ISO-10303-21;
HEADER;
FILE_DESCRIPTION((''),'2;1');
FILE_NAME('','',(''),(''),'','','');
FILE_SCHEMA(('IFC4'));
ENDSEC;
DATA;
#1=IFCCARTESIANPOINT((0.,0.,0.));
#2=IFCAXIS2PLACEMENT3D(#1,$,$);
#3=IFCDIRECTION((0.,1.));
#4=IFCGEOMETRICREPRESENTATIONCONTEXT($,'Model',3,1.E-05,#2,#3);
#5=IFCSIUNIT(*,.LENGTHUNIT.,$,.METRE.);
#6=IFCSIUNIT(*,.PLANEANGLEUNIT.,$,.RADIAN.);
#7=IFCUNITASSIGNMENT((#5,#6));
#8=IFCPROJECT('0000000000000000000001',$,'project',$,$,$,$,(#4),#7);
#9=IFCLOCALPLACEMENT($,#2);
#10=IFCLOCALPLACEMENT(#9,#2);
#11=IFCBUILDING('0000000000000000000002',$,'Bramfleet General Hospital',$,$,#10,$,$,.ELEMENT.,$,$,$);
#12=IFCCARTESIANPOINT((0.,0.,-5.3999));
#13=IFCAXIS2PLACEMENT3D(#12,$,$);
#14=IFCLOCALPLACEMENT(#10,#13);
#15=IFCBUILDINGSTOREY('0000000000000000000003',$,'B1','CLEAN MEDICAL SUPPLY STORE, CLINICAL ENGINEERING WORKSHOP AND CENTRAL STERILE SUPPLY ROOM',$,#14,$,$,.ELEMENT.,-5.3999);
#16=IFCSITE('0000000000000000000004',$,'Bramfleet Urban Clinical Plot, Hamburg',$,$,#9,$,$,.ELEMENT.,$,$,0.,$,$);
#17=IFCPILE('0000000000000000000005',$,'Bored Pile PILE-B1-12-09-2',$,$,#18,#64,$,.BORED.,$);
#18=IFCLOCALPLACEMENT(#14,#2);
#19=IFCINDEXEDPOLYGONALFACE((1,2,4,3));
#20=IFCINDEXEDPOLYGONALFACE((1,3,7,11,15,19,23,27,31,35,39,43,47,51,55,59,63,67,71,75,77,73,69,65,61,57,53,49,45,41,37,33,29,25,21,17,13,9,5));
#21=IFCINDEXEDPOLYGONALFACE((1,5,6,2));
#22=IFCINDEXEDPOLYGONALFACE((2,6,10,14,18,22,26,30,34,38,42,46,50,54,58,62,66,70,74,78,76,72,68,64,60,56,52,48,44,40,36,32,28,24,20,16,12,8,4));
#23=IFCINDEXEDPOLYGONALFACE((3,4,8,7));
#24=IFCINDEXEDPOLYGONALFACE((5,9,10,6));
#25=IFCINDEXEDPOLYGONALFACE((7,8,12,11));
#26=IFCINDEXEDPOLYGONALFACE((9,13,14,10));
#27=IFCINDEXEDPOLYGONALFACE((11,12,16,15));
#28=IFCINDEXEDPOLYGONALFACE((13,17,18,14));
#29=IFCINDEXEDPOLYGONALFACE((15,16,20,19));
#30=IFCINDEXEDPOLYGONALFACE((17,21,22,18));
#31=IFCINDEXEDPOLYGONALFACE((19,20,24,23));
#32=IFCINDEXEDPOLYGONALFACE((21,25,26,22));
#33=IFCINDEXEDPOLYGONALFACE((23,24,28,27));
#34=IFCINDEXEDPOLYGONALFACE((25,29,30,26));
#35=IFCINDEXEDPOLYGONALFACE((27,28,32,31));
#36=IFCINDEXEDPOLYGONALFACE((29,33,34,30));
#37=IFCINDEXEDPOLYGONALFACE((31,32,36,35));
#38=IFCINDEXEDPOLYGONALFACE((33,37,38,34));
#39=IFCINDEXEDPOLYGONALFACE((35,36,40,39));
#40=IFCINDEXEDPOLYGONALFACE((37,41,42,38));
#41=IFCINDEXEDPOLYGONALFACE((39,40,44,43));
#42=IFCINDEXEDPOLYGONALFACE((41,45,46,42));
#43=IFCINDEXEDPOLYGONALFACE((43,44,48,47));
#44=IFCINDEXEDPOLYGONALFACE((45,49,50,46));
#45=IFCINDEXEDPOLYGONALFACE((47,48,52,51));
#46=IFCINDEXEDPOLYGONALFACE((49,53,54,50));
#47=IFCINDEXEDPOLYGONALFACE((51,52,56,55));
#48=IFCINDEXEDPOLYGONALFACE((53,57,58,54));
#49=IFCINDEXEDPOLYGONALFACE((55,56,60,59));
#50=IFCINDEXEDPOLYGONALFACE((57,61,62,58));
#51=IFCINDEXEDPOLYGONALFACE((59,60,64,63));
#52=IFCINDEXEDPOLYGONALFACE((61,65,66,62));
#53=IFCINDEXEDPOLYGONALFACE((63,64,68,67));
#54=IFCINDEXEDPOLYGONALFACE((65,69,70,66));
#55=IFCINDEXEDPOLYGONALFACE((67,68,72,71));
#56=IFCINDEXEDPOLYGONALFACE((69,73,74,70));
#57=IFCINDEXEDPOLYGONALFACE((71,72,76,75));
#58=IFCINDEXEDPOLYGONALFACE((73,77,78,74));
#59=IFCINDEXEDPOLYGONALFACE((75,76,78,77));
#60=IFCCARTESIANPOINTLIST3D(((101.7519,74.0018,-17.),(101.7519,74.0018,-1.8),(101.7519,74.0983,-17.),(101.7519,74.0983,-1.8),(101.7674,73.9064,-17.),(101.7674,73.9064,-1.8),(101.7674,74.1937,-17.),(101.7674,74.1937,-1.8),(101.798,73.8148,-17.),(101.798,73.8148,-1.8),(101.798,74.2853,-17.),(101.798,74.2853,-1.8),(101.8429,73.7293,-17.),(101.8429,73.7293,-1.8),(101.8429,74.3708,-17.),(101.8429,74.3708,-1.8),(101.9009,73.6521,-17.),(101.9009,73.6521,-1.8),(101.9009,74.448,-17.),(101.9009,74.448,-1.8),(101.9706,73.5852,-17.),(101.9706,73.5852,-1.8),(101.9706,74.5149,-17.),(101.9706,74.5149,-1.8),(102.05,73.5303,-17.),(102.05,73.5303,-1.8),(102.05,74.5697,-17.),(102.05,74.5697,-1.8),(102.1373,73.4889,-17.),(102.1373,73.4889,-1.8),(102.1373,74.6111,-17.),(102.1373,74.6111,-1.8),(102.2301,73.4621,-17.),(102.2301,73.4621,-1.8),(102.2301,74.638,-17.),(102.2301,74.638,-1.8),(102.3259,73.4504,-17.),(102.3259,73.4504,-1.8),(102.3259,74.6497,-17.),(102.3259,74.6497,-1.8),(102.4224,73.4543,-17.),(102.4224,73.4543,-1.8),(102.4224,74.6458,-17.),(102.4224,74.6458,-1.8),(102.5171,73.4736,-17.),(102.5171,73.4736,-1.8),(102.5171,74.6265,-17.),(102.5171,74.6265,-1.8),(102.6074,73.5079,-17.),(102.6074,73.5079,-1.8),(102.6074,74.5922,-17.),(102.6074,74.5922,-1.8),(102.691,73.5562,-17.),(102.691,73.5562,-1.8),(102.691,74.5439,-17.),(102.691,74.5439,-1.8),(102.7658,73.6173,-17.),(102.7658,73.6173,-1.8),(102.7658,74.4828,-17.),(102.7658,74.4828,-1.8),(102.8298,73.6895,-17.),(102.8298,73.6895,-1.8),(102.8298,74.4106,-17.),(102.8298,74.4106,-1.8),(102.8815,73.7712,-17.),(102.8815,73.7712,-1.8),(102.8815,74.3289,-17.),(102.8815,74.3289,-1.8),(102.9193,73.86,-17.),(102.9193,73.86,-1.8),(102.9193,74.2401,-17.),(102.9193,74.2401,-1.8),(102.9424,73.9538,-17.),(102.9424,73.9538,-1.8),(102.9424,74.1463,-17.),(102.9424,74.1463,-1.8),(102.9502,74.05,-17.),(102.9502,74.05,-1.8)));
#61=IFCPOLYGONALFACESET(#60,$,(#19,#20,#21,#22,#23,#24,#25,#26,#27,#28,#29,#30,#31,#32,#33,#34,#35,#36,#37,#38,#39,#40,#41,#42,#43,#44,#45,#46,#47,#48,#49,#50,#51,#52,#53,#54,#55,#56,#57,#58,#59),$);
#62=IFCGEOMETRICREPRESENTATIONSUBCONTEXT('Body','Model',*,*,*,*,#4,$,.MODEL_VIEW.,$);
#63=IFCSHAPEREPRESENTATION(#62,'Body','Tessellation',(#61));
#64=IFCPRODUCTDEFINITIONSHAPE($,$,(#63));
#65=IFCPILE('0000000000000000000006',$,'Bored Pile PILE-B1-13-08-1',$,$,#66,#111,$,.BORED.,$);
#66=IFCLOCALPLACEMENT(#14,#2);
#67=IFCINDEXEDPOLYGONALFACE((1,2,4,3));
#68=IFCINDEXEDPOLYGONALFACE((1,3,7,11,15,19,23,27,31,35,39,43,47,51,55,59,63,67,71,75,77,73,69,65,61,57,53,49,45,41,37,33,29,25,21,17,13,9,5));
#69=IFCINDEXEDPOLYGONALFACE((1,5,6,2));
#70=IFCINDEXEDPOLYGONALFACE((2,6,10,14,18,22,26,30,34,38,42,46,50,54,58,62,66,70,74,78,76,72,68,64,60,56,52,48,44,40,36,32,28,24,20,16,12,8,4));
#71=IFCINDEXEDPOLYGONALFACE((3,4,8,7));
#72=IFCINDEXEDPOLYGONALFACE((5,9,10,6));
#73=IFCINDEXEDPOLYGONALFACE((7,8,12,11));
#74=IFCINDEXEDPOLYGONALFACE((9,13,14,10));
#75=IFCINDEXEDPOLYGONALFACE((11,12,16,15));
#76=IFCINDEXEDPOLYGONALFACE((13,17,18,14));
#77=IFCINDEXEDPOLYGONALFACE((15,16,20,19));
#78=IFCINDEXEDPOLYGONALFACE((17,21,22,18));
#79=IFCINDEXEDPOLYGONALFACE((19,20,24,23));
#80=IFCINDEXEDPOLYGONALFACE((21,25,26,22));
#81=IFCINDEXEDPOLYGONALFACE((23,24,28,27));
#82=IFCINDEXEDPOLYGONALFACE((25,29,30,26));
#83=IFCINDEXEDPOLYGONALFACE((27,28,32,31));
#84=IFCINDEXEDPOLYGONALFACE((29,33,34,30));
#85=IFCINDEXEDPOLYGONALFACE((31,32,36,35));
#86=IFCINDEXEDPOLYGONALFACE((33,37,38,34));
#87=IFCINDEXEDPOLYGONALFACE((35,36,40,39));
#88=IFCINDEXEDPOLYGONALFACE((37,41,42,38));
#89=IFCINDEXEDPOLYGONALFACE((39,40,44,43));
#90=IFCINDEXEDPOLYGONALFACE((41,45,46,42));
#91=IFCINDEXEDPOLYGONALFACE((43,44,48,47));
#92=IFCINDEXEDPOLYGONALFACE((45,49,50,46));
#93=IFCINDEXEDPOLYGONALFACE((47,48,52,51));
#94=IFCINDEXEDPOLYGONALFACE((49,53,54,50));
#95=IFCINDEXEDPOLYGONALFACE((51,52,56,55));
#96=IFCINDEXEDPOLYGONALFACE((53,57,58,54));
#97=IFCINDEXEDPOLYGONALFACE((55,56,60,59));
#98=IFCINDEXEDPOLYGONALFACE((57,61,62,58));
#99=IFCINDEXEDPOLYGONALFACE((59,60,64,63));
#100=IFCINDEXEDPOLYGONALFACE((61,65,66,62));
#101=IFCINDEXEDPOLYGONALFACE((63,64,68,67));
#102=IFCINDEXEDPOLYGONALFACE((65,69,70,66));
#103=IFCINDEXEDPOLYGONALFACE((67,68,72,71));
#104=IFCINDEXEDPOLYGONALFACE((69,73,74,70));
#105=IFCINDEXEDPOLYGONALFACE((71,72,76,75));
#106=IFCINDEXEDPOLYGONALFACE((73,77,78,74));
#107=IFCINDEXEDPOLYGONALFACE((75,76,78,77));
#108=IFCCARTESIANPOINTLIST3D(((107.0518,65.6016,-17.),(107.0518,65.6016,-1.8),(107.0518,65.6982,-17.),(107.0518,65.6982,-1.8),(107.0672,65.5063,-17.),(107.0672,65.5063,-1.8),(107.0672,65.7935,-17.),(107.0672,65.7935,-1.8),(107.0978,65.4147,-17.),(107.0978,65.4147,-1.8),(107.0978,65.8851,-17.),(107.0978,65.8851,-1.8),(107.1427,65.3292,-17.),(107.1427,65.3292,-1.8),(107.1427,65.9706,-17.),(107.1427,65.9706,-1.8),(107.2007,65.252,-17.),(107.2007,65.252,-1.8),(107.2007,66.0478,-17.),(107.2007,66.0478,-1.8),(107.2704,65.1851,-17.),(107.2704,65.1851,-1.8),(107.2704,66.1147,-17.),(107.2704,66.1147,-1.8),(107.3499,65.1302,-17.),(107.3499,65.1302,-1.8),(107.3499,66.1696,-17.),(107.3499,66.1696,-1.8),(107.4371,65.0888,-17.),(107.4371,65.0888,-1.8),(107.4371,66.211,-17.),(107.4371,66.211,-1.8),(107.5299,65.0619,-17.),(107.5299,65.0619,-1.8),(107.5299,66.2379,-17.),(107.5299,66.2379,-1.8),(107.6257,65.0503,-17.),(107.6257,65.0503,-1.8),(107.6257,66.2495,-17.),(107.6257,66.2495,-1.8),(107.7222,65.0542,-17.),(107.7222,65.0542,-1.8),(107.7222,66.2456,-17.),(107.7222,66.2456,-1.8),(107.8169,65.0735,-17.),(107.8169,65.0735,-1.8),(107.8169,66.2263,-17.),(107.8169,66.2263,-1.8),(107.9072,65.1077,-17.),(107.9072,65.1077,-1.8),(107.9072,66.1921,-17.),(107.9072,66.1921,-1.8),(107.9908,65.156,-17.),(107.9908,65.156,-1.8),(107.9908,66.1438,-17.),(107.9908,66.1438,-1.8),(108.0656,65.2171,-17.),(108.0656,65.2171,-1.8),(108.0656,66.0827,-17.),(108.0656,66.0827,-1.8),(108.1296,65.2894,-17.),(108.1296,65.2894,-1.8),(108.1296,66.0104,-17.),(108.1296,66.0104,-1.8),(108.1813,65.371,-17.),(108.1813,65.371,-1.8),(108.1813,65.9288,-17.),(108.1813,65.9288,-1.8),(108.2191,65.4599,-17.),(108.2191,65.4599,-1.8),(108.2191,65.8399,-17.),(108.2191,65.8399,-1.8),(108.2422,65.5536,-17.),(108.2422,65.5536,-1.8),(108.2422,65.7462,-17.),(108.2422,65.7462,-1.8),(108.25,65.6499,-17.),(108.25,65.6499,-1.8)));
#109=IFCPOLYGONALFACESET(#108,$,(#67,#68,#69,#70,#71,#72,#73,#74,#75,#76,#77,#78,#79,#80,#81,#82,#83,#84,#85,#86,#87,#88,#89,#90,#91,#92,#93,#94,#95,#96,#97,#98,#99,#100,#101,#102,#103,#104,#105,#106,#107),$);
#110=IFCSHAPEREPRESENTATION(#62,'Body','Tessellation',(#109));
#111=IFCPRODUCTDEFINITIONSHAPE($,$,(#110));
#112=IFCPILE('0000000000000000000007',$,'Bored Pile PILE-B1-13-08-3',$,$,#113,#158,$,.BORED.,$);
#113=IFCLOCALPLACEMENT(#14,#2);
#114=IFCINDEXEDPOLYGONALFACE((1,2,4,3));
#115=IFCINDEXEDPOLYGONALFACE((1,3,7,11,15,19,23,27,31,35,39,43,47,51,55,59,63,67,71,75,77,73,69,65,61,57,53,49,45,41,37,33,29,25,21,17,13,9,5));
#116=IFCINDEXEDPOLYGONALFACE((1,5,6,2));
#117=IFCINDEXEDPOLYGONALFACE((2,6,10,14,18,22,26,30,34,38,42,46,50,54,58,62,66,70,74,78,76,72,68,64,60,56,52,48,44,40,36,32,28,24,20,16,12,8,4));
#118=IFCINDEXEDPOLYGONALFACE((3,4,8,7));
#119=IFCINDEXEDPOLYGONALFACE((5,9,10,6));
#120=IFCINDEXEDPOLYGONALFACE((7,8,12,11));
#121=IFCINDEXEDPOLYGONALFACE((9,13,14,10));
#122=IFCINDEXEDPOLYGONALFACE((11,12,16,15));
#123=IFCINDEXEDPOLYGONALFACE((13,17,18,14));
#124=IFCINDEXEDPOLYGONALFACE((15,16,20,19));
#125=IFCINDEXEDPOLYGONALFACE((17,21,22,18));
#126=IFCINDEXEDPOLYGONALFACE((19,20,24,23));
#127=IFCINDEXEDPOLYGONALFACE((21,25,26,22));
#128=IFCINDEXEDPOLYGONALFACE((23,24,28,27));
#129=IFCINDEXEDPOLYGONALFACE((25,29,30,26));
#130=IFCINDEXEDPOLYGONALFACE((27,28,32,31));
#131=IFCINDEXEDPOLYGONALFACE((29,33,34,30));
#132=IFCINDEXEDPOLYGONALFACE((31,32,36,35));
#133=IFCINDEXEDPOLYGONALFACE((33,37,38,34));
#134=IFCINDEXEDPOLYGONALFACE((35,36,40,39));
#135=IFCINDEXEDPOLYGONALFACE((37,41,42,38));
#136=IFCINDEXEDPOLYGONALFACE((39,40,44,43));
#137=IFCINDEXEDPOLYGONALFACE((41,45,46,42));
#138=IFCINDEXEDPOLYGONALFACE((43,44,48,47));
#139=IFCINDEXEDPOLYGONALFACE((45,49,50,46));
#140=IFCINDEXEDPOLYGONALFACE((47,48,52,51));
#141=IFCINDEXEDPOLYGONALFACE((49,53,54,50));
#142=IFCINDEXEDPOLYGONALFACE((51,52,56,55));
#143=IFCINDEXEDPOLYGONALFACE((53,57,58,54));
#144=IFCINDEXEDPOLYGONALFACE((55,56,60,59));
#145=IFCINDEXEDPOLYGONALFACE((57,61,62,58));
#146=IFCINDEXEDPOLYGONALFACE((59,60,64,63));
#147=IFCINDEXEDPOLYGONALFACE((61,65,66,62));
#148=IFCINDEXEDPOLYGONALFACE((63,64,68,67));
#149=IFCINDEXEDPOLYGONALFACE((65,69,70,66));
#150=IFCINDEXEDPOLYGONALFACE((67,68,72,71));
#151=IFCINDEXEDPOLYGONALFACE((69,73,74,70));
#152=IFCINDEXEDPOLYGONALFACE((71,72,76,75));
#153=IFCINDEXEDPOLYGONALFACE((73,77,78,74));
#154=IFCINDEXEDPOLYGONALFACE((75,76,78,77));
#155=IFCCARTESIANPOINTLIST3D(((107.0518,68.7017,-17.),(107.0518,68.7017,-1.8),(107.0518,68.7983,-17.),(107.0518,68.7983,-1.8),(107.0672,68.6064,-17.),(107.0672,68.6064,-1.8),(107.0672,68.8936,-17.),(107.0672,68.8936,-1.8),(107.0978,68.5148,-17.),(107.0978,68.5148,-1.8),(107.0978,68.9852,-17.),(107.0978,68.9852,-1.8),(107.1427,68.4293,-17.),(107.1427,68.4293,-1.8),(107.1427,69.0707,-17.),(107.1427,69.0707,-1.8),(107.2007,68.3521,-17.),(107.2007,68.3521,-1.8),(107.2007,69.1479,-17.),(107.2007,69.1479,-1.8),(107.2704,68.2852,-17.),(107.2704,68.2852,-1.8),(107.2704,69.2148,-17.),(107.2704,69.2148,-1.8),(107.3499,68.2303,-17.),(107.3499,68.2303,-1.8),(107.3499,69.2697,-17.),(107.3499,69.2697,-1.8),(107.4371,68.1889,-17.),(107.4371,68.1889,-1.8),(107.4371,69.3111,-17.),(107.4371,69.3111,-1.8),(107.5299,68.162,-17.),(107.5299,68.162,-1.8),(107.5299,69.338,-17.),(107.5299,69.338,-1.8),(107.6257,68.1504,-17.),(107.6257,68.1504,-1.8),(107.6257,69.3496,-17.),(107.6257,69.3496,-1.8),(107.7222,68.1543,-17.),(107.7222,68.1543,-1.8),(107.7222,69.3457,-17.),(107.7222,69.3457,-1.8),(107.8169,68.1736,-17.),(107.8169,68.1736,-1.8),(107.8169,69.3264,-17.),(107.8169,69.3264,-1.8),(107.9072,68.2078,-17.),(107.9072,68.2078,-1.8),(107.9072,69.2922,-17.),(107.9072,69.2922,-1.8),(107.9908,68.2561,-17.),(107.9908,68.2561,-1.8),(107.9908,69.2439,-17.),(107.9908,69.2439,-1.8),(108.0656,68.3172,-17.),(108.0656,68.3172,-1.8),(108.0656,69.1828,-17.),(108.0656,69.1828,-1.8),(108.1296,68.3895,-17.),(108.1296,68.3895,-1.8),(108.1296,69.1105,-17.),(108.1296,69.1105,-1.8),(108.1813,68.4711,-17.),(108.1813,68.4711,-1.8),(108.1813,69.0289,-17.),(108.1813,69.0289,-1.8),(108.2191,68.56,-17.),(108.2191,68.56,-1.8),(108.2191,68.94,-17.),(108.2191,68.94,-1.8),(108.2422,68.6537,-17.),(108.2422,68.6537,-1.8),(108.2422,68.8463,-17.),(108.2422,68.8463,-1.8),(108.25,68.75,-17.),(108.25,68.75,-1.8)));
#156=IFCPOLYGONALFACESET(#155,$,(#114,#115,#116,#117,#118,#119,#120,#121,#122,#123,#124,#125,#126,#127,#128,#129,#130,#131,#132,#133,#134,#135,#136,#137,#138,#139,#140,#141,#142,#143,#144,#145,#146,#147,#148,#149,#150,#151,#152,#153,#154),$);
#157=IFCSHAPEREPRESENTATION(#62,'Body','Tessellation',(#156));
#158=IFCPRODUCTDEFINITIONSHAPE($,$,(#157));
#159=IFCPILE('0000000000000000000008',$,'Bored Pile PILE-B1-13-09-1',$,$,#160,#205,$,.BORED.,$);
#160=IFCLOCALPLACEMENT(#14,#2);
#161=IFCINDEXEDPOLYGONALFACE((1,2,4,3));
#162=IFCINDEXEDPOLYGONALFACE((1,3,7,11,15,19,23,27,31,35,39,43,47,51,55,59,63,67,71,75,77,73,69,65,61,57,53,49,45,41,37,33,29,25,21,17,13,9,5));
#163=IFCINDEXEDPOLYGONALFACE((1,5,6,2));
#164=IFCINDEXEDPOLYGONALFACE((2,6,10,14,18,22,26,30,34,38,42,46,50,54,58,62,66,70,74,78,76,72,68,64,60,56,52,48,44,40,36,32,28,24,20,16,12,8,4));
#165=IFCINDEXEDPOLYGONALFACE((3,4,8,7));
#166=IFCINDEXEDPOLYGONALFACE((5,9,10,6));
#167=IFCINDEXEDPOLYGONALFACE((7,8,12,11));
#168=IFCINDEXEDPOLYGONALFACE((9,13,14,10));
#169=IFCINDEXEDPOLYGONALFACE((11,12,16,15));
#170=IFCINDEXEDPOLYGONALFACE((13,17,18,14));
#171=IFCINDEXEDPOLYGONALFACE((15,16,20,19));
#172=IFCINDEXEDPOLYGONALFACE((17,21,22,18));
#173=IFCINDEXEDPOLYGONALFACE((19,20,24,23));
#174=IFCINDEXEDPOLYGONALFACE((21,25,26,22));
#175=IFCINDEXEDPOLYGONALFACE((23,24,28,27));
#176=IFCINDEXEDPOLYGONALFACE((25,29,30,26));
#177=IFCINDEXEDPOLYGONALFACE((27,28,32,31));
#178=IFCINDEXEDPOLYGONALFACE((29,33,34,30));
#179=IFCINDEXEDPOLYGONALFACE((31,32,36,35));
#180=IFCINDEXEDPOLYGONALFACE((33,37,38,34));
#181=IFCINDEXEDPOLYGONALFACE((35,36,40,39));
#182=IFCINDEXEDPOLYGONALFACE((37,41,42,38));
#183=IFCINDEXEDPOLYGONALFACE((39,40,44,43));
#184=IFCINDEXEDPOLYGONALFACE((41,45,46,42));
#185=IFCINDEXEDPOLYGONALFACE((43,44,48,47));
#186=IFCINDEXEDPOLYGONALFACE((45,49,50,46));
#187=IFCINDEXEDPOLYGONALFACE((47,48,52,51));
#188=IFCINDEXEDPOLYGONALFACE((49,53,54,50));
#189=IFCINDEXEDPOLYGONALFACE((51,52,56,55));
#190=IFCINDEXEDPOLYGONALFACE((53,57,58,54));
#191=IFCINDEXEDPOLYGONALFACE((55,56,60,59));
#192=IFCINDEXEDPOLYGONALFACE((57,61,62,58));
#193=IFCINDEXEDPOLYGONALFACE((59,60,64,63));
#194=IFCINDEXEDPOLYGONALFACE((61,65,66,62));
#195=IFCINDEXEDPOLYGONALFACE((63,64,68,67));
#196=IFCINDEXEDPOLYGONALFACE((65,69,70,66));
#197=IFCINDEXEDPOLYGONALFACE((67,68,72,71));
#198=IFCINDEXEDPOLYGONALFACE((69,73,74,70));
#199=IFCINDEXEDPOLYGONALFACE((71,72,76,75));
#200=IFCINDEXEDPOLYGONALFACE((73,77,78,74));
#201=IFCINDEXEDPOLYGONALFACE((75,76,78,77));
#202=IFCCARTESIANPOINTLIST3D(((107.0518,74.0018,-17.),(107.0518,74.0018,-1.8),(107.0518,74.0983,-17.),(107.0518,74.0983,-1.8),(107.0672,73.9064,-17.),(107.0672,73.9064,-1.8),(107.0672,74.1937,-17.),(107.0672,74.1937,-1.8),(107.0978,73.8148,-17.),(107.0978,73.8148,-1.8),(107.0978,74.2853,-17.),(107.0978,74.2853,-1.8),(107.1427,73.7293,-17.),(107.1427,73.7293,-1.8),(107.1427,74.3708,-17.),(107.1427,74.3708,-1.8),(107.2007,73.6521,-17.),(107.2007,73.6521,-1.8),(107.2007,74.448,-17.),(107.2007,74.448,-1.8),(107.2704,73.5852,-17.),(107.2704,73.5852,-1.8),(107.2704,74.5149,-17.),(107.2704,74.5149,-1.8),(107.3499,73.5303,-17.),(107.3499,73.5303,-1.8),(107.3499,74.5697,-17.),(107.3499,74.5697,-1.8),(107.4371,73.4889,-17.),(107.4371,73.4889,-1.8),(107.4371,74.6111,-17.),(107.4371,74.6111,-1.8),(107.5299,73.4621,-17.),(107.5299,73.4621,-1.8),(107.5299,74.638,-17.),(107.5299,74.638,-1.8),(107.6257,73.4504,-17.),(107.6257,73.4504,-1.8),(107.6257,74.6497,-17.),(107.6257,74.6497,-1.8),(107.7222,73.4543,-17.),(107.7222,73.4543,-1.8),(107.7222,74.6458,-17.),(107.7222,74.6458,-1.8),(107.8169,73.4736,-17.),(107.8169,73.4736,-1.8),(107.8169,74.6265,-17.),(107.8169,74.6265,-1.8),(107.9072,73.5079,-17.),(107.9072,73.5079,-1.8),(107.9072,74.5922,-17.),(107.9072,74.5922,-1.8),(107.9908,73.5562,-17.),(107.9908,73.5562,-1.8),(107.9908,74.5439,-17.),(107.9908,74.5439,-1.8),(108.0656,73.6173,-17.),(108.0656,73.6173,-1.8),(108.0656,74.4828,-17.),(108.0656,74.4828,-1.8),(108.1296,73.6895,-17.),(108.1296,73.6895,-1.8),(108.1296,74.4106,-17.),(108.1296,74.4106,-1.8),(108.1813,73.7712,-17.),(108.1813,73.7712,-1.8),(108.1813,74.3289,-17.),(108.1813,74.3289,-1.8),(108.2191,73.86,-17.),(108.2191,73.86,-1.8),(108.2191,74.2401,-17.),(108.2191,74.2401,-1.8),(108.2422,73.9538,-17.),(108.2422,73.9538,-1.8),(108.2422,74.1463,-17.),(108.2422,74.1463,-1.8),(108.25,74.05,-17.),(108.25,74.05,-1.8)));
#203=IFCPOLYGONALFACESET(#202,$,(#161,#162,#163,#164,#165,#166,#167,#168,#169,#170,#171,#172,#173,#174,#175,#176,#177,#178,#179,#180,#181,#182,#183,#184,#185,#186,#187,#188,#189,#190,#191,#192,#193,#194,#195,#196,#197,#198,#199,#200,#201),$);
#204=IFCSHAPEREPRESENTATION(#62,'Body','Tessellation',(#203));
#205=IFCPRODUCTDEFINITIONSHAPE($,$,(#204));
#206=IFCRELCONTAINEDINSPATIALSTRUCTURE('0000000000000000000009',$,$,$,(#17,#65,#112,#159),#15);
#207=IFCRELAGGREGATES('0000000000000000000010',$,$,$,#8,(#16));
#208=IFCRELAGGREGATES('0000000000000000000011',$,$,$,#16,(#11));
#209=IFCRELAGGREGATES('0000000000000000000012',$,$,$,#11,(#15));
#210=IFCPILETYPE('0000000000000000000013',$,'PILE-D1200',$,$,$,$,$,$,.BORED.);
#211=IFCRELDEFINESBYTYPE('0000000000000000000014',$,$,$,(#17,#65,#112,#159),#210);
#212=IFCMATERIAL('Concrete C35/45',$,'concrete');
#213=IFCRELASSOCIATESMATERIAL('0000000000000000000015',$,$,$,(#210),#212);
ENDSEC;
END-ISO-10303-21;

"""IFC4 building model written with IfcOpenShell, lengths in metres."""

from ifc_helpers import new_model, si_unit, direction, frame, origin, origin_2d, place, context, subcontext, project, spatial, circle, extrude, material, material_profile, profile_set, type_object, element, save


model = new_model("IFC4")

# Units and contexts
model_context = context("Model", 3, precision=1e-05, world=origin(), true_north=direction((0.0, 1.0)))
body_context = subcontext(model_context, "Body", "Model", "MODEL_VIEW")
ifc_project = project(units=[si_unit("LENGTHUNIT", "METRE"), si_unit("PLANEANGLEUNIT", "RADIAN")], contexts=[model_context])

# Site, building, storey
site_placement = place(None, origin())
site = spatial("IfcSite", under=ifc_project, at=site_placement, Name="Bramfleet Urban Clinical Plot, Hamburg", CompositionType="ELEMENT", RefElevation=0.0)
building_placement = place(site_placement, origin())
building = spatial("IfcBuilding", under=site, at=building_placement, Name="Bramfleet General Hospital", CompositionType="ELEMENT")
storey_placement = place(building_placement, frame((0.0, 0.0, -5.3999)))
storey = spatial("IfcBuildingStorey", under=building, at=storey_placement, Name="B1", Description="CLEAN MEDICAL SUPPLY STORE, CLINICAL ENGINEERING WORKSHOP AND CENTRAL STERILE SUPPLY ROOM", CompositionType="ELEMENT", Elevation=-5.3999)

# Shared definitions
ifc_material_1 = material(Name="Concrete C35/45", Category="concrete")

# Piles
ifc_material_profile_1 = material_profile(ifc_material_1, circle(Radius=0.6001, at=origin_2d()), Name="PILE BORED D1200")
ifc_profile_set_1 = profile_set([ifc_material_profile_1], Name="Concrete C35/45")
pile_type_1 = type_object("IfcPileType", Name="PILE-D1200", PredefinedType="BORED", material=ifc_profile_set_1)
for number, where, z_axis, x_axis, name in (
    (1, (102.3501, 74.05, -1.8), (0.0, 0.0, -1.0), (1.0, 0.0, 0.0), "Bored Pile PILE-B1-12-09-2"),
    (2, (107.6499, 65.6499, -1.8), (0.0, 0.0, -1.0), (1.0, 0.0, 0.0), "Bored Pile PILE-B1-13-08-1"),
    (3, (107.6499, 68.75, -1.8), (0.0, 0.0, -1.0), (1.0, 0.0, 0.0), "Bored Pile PILE-B1-13-08-3"),
    (4, (107.6499, 74.05, -1.8), (0.0, 0.0, -1.0), (1.0, 0.0, 0.0), "Bored Pile PILE-B1-13-09-1"),
):
    element("IfcPile", number, at=place(storey_placement, frame(where, z_axis=z_axis, x_axis=x_axis)), inside=storey, type_object=pile_type_1, Name=name, PredefinedType="BORED", context=body_context, shape_type="SweptSolid", body=[
        extrude(circle(Radius=0.6001, at=origin_2d()), origin(), (0.0, 0.0, 1.0), 15.2),
    ])

save(model, "model.ifc")
